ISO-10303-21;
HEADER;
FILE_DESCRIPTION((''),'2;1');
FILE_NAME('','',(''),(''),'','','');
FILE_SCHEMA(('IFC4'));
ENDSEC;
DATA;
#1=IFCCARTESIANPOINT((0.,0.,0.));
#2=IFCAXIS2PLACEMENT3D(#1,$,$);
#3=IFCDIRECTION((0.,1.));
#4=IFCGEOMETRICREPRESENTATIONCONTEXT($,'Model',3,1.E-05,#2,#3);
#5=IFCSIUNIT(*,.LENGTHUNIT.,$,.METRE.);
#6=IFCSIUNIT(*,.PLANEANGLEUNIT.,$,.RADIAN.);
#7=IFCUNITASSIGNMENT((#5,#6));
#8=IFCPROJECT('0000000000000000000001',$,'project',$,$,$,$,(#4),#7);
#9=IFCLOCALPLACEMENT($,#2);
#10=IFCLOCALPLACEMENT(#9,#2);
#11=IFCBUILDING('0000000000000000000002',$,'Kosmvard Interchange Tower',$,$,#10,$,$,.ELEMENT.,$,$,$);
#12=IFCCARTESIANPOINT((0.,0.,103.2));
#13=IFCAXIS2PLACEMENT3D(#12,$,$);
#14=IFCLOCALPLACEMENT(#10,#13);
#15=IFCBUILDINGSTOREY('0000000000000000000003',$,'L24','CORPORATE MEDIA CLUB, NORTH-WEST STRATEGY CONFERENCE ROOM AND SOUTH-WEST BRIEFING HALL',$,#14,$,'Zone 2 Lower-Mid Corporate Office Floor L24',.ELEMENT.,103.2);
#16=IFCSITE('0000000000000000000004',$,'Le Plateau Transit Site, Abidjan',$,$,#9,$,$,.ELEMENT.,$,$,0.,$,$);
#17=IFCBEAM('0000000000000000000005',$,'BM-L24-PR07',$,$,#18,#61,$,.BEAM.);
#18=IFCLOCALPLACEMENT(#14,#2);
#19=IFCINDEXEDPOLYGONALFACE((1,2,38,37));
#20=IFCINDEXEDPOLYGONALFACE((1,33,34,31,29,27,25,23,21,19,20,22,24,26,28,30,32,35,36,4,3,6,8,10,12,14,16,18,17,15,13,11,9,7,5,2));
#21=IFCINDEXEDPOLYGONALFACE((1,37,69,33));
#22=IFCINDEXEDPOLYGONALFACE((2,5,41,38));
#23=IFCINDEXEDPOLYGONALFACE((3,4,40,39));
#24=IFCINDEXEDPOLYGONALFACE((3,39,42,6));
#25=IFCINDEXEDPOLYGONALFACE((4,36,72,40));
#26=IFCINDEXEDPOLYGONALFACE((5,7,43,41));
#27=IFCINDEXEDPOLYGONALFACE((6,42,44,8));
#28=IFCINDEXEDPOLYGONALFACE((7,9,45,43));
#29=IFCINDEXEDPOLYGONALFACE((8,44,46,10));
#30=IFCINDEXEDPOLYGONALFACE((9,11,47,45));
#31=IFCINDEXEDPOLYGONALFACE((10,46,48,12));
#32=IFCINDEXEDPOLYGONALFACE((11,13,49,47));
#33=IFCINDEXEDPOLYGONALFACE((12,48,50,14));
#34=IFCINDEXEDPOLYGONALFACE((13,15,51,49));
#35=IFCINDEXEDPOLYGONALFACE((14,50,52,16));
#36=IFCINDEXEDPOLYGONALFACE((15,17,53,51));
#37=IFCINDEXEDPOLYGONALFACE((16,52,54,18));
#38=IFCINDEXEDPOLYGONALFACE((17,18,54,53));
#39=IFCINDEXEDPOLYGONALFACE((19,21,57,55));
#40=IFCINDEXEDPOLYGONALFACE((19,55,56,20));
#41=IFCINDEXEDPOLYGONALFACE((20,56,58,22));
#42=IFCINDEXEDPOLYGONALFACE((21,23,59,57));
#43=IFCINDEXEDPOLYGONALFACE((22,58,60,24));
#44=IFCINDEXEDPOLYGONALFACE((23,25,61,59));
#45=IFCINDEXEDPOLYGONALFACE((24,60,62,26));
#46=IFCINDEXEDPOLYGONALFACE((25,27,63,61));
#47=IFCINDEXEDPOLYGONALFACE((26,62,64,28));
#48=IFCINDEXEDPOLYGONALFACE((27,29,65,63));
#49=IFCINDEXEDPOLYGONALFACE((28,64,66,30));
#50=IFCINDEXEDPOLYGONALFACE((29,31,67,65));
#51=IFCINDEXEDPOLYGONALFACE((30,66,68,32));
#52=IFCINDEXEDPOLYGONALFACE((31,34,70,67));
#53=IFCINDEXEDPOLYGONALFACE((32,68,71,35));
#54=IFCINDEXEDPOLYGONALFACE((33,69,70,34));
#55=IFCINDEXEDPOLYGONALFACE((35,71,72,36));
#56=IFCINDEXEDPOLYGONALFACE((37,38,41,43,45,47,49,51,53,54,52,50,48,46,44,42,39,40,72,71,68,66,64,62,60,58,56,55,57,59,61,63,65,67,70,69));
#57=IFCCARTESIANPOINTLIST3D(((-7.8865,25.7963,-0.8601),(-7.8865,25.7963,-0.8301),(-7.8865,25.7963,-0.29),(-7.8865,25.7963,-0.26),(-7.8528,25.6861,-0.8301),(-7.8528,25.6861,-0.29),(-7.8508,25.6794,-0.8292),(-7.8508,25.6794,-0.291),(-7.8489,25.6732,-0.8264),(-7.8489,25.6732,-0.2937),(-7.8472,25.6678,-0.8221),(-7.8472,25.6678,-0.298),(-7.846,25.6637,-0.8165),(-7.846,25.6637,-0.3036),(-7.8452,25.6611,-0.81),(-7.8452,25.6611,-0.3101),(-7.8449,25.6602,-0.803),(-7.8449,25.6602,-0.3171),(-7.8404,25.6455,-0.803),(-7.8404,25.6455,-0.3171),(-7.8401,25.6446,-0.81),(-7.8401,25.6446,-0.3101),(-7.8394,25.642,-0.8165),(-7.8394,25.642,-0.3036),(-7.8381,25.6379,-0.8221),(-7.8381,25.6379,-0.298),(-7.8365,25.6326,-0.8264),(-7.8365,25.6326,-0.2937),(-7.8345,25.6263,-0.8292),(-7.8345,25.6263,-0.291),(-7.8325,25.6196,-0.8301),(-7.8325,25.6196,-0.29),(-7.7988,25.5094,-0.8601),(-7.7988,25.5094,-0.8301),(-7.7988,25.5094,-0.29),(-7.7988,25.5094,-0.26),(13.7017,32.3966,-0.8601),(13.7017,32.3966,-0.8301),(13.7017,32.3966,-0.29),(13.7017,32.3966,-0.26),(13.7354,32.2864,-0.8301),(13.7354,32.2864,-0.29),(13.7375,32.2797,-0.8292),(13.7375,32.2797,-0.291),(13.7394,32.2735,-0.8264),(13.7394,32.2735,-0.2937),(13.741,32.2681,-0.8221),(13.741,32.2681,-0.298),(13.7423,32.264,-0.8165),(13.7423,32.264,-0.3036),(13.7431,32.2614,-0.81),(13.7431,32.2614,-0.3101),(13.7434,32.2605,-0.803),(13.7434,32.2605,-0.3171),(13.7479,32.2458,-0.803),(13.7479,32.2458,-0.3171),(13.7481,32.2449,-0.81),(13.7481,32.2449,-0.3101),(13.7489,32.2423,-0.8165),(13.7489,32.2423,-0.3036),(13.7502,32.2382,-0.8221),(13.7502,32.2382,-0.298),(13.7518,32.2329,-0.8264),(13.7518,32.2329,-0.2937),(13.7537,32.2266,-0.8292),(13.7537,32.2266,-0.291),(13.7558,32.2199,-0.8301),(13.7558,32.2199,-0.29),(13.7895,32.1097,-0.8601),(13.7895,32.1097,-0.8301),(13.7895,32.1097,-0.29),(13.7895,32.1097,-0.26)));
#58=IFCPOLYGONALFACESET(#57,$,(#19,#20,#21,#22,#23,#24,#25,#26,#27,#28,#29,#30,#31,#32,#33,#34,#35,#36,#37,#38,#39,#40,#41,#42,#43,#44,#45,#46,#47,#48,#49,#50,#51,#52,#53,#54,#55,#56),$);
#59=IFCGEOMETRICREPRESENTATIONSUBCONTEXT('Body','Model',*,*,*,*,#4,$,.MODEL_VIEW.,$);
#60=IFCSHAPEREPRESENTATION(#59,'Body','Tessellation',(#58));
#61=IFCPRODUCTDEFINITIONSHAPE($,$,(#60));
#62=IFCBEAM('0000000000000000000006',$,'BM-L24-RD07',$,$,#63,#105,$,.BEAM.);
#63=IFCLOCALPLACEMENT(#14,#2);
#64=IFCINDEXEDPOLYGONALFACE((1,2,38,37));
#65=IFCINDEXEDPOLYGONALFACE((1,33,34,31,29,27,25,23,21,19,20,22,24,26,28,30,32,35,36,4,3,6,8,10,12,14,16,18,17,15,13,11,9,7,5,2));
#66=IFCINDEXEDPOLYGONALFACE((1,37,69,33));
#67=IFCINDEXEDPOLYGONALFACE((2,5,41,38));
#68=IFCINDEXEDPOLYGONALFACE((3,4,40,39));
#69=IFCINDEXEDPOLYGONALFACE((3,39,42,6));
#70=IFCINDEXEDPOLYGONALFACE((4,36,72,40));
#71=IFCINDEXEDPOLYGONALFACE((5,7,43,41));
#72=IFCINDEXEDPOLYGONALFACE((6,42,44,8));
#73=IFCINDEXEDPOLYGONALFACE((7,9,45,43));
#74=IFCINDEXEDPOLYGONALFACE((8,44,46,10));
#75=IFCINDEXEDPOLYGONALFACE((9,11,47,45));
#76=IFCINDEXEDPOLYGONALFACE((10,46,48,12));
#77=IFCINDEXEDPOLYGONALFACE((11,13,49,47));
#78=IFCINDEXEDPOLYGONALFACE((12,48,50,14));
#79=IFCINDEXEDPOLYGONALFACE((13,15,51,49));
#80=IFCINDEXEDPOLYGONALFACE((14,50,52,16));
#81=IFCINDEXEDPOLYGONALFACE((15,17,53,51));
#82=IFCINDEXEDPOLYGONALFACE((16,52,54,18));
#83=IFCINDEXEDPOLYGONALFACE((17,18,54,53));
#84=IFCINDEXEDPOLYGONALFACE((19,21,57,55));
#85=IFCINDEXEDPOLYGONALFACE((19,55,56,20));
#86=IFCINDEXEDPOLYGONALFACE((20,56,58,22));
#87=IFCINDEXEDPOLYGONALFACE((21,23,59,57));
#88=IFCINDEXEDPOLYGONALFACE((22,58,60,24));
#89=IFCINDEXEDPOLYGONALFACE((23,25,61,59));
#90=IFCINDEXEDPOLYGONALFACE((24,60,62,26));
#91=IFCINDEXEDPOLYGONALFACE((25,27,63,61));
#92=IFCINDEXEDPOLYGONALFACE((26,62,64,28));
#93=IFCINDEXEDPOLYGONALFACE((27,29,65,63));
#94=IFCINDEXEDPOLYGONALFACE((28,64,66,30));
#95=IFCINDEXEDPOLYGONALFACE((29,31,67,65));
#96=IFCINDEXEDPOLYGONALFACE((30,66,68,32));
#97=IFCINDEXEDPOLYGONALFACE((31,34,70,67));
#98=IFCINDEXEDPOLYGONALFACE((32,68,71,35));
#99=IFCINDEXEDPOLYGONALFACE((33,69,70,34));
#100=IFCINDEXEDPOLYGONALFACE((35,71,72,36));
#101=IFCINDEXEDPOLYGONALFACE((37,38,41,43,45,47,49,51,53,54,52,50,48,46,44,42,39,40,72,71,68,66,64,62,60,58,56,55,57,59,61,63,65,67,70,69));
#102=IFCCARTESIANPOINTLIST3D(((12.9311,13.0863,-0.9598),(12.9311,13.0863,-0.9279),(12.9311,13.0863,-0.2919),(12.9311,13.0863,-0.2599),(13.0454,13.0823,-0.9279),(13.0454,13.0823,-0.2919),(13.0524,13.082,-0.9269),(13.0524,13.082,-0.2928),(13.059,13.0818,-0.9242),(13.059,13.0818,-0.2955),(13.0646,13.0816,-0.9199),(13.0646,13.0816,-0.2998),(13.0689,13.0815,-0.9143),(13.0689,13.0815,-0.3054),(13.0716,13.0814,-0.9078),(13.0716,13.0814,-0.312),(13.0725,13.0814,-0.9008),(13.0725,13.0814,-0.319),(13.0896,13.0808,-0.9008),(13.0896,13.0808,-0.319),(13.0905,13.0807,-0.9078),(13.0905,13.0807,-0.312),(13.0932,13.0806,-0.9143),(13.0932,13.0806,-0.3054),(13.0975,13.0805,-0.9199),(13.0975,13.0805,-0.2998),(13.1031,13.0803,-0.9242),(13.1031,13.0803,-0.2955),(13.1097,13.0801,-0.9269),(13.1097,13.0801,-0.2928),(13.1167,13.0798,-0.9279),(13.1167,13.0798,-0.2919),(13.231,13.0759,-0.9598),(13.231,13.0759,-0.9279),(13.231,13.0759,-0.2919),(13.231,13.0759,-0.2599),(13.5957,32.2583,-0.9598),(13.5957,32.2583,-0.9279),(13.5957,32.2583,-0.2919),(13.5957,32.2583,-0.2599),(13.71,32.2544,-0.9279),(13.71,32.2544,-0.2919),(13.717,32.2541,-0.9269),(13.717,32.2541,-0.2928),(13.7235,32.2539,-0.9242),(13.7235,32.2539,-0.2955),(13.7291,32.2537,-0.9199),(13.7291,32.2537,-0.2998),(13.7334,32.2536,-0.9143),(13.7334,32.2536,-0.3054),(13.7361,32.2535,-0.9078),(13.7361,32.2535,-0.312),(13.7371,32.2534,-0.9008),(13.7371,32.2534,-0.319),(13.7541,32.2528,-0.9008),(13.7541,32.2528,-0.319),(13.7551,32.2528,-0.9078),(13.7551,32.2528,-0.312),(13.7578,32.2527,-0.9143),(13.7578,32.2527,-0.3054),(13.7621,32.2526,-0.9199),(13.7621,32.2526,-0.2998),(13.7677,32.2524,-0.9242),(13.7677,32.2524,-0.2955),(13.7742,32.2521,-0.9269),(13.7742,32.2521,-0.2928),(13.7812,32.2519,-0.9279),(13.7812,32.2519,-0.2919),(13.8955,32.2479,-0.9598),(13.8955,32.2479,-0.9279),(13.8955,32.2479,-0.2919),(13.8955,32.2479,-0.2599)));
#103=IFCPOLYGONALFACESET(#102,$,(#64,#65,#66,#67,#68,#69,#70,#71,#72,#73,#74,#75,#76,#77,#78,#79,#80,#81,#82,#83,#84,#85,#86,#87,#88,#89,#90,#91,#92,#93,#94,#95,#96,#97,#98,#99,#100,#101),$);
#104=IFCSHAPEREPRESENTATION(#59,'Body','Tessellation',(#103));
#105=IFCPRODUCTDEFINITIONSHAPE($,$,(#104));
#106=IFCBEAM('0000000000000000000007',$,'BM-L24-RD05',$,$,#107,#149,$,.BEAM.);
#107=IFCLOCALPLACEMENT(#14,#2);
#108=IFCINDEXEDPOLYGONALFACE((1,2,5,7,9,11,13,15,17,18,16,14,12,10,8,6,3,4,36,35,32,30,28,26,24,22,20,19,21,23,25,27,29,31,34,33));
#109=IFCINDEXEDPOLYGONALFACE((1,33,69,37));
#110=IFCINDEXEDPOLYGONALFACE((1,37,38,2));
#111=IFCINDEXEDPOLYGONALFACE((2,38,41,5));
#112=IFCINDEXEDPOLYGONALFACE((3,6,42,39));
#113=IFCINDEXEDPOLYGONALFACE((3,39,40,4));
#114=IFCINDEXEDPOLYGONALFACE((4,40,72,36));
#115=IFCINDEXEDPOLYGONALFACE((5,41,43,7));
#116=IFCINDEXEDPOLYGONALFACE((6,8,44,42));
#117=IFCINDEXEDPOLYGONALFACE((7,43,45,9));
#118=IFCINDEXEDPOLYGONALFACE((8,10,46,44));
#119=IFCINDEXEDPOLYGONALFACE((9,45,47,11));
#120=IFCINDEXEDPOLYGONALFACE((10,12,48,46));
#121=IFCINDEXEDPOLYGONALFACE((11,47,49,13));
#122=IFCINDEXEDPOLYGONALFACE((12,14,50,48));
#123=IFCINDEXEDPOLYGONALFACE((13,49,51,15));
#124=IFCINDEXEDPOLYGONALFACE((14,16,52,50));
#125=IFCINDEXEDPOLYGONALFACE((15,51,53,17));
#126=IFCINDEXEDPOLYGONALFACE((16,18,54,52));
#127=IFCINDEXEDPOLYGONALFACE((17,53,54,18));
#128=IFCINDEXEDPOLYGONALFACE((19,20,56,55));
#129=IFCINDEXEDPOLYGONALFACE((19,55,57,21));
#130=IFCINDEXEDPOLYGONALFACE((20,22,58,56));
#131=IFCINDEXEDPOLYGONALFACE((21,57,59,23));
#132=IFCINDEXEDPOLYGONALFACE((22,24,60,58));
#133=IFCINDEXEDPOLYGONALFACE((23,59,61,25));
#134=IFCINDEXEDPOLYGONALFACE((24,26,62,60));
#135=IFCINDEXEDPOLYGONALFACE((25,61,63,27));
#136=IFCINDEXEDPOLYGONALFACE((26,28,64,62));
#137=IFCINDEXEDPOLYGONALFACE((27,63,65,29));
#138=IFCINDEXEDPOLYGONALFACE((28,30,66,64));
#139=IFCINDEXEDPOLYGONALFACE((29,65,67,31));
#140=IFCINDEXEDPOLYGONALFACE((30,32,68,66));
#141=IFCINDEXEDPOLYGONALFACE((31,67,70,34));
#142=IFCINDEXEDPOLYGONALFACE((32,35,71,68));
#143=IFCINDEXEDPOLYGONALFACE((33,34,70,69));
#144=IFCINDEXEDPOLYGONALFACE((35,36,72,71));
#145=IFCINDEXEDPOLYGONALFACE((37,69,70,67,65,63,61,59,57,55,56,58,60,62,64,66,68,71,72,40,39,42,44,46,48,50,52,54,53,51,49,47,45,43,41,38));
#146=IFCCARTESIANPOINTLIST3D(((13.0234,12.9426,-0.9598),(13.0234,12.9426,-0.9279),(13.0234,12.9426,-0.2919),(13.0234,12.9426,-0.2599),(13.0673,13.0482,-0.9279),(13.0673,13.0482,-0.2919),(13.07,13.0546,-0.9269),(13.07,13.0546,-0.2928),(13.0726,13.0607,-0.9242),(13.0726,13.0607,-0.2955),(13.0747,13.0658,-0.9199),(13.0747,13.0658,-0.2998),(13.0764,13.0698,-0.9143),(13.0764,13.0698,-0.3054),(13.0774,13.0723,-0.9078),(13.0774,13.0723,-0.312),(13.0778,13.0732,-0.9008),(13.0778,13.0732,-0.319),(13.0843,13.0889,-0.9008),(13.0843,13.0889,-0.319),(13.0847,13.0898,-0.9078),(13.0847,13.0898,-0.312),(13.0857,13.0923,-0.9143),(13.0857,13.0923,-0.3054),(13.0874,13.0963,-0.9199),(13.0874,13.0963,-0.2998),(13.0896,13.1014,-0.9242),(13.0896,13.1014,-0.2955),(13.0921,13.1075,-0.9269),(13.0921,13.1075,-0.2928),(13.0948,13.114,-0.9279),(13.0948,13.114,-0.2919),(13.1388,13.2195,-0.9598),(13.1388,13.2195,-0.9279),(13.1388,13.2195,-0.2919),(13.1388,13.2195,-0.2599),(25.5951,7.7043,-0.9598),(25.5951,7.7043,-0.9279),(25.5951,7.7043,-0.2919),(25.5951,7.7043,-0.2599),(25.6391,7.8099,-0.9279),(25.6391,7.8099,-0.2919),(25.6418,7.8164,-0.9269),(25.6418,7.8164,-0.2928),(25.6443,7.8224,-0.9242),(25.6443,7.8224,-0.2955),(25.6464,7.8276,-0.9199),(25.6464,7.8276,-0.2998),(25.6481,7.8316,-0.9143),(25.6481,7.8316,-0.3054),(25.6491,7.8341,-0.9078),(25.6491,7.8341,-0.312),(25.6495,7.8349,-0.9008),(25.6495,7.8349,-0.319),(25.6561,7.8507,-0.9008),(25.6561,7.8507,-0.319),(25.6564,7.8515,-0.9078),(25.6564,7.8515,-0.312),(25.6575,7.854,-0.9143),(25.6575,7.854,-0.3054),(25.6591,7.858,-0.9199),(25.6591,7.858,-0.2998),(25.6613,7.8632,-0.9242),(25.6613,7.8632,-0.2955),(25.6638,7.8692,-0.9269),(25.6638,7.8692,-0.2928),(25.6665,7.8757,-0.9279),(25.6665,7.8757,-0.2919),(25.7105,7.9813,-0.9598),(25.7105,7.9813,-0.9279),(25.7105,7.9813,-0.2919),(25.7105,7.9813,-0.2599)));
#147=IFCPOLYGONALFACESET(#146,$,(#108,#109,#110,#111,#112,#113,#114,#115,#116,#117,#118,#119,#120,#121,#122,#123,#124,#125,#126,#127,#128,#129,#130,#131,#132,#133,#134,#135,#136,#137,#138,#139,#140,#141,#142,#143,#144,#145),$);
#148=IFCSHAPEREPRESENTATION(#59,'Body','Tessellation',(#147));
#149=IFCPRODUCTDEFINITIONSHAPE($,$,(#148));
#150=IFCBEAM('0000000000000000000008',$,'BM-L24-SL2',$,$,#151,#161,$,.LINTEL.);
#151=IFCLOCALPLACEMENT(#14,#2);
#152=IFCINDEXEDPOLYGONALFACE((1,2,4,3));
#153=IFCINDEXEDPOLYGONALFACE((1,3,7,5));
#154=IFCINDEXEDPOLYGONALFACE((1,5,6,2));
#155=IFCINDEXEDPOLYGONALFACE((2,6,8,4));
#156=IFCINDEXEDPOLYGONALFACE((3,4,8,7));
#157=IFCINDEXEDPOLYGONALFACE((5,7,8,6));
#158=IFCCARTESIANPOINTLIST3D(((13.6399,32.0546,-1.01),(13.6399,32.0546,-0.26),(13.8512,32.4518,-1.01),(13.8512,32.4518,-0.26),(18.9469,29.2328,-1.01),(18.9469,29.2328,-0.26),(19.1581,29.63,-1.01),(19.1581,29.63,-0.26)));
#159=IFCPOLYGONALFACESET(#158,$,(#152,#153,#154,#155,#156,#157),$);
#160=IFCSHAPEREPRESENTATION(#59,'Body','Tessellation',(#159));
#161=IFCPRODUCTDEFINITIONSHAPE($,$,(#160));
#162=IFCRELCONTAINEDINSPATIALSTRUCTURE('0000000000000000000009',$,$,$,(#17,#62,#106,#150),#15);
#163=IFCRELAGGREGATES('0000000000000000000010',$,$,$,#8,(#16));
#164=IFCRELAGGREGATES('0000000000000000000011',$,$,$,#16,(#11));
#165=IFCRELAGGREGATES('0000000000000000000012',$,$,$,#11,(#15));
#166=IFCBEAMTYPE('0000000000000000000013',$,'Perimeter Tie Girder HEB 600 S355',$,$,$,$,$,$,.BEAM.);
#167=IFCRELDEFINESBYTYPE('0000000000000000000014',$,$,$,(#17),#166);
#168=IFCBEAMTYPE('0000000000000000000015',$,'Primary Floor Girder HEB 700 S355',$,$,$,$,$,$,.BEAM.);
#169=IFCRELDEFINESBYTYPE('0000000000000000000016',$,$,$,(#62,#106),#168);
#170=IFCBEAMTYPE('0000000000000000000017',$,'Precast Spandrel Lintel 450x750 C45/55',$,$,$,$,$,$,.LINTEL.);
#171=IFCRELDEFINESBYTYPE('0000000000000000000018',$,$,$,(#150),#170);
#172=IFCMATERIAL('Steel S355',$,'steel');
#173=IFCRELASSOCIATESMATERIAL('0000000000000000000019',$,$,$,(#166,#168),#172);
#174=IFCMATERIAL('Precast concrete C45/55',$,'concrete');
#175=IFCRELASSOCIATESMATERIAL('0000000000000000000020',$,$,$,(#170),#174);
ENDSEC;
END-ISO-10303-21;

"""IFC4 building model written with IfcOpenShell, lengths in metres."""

from ifc_helpers import new_model, si_unit, direction, frame, origin, origin_2d, place, context, subcontext, project, spatial, rectangle, i_section, extrude, source, transform, mapped, material, material_profile, profile_set, type_object, element, save


model = new_model("IFC4")

# Units and contexts
model_context = context("Model", 3, precision=1e-05, world=origin(), true_north=direction((0.0, 1.0)))
body_context = subcontext(model_context, "Body", "Model", "MODEL_VIEW")
ifc_project = project(units=[si_unit("LENGTHUNIT", "METRE"), si_unit("PLANEANGLEUNIT", "RADIAN")], contexts=[model_context])

# Site, building, storey
site_placement = place(None, origin())
site = spatial("IfcSite", under=ifc_project, at=site_placement, Name="Le Plateau Transit Site, Abidjan", CompositionType="ELEMENT", RefElevation=0.0)
building_placement = place(site_placement, origin())
building = spatial("IfcBuilding", under=site, at=building_placement, Name="Kosmvard Interchange Tower", CompositionType="ELEMENT")
storey_placement = place(building_placement, frame((0.0, 0.0, 103.2)))
storey = spatial("IfcBuildingStorey", under=building, at=storey_placement, Name="L24", Description="CORPORATE MEDIA CLUB, NORTH-WEST STRATEGY CONFERENCE ROOM AND SOUTH-WEST BRIEFING HALL", LongName="Zone 2 Lower-Mid Corporate Office Floor L24", CompositionType="ELEMENT", Elevation=103.2)

# Beams
ifc_material_1 = material(Name="Steel S355", Category="steel")
ifc_material_profile_1 = material_profile(ifc_material_1, i_section(OverallWidth=0.3, OverallDepth=0.6001, WebThickness=0.0154, FlangeThickness=0.03, FilletRadius=0.0271, at=origin_2d()), Name="HEB 600")
ifc_profile_set_1 = profile_set([ifc_material_profile_1], Name="Steel S355")
beam_type_1 = type_object("IfcBeamType", Name="Perimeter Tie Girder HEB 600 S355", PredefinedType="BEAM", material=ifc_profile_set_1)
shared_shape_1 = source(origin(), body_context, "Body", "SweptSolid", [
    extrude(i_section(OverallWidth=0.3, OverallDepth=0.6001, WebThickness=0.0154, FlangeThickness=0.03, FilletRadius=0.0271, at=origin_2d()), origin(), (0.0, 0.0, 1.0), 22.5747),
])
beam_1_placement = place(storey_placement, frame((13.7456, 32.2532, -0.5601), z_axis=(-0.956303, -0.292376, 0.0), x_axis=(0.292376, -0.956303, 0.0)))
element("IfcBeam", 1, at=beam_1_placement, inside=storey, type_object=beam_type_1, Name="BM-L24-PR07", PredefinedType="BEAM", context=body_context, shape_type="MappedRepresentation", body=[
    mapped(shared_shape_1, transform((0.0, 0.0, 0.0), scale=1.0)),
])
ifc_material_profile_2 = material_profile(ifc_material_1, i_section(OverallWidth=0.3, OverallDepth=0.7, WebThickness=0.0171, FlangeThickness=0.032, FilletRadius=0.0271, at=origin_2d()), Name="HEB 700")
ifc_profile_set_2 = profile_set([ifc_material_profile_2], Name="Steel S355")
beam_type_2 = type_object("IfcBeamType", Name="Primary Floor Girder HEB 700 S355", PredefinedType="BEAM", material=ifc_profile_set_2)
shared_shape_2 = source(origin(), body_context, "Body", "SweptSolid", [
    extrude(i_section(OverallWidth=0.3, OverallDepth=0.7, WebThickness=0.0171, FlangeThickness=0.032, FilletRadius=0.0271, at=origin_2d()), origin(), (0.0, 0.0, 1.0), 19.1836),
])
beam_2_placement = place(storey_placement, frame((13.0811, 13.0811, -0.6099), z_axis=(0.034642, 0.9994, 0.0), x_axis=(-0.9994, 0.034642, 0.0)))
element("IfcBeam", 2, at=beam_2_placement, inside=storey, type_object=beam_type_2, Name="BM-L24-RD07", PredefinedType="BEAM", context=body_context, shape_type="MappedRepresentation", body=[
    mapped(shared_shape_2, transform((0.0, 0.0, 0.0), scale=1.0)),
])
shared_shape_3 = source(origin(), body_context, "Body", "SweptSolid", [
    extrude(i_section(OverallWidth=0.3, OverallDepth=0.7, WebThickness=0.0171, FlangeThickness=0.032, FilletRadius=0.0271, at=origin_2d()), origin(), (0.0, 0.0, 1.0), 13.6194),
])
beam_3_placement = place(storey_placement, frame((13.0811, 13.0811, -0.6099), z_axis=(0.923076, -0.384618, 0.0), x_axis=(0.384618, 0.923076, 0.0)))
element("IfcBeam", 3, at=beam_3_placement, inside=storey, type_object=beam_type_2, Name="BM-L24-RD05", PredefinedType="BEAM", context=body_context, shape_type="MappedRepresentation", body=[
    mapped(shared_shape_3, transform((0.0, 0.0, 0.0), scale=1.0)),
])
ifc_material_2 = material(Name="Precast concrete C45/55", Category="concrete")
ifc_material_profile_3 = material_profile(ifc_material_2, rectangle(XDim=0.45, YDim=0.75, at=origin_2d()), Name="SL 450x750")
ifc_profile_set_3 = profile_set([ifc_material_profile_3], Name="Precast concrete C45/55")
beam_type_3 = type_object("IfcBeamType", Name="Precast Spandrel Lintel 450x750 C45/55", PredefinedType="LINTEL", material=ifc_profile_set_3)
shared_shape_4 = source(origin(), body_context, "Body", "SweptSolid", [
    extrude(rectangle(XDim=0.45, YDim=0.75, at=origin_2d()), origin(), (0.0, 0.0, 1.0), 6.0105),
])
beam_4_placement = place(storey_placement, frame((19.0525, 29.4314, -0.635), z_axis=(-0.882944, 0.469479, 0.0), x_axis=(-0.469479, -0.882944, 0.0)))
element("IfcBeam", 4, at=beam_4_placement, inside=storey, type_object=beam_type_3, Name="BM-L24-SL2", PredefinedType="LINTEL", context=body_context, shape_type="MappedRepresentation", body=[
    mapped(shared_shape_4, transform((0.0, 0.0, 0.0), scale=1.0)),
])

save(model, "model.ifc")
